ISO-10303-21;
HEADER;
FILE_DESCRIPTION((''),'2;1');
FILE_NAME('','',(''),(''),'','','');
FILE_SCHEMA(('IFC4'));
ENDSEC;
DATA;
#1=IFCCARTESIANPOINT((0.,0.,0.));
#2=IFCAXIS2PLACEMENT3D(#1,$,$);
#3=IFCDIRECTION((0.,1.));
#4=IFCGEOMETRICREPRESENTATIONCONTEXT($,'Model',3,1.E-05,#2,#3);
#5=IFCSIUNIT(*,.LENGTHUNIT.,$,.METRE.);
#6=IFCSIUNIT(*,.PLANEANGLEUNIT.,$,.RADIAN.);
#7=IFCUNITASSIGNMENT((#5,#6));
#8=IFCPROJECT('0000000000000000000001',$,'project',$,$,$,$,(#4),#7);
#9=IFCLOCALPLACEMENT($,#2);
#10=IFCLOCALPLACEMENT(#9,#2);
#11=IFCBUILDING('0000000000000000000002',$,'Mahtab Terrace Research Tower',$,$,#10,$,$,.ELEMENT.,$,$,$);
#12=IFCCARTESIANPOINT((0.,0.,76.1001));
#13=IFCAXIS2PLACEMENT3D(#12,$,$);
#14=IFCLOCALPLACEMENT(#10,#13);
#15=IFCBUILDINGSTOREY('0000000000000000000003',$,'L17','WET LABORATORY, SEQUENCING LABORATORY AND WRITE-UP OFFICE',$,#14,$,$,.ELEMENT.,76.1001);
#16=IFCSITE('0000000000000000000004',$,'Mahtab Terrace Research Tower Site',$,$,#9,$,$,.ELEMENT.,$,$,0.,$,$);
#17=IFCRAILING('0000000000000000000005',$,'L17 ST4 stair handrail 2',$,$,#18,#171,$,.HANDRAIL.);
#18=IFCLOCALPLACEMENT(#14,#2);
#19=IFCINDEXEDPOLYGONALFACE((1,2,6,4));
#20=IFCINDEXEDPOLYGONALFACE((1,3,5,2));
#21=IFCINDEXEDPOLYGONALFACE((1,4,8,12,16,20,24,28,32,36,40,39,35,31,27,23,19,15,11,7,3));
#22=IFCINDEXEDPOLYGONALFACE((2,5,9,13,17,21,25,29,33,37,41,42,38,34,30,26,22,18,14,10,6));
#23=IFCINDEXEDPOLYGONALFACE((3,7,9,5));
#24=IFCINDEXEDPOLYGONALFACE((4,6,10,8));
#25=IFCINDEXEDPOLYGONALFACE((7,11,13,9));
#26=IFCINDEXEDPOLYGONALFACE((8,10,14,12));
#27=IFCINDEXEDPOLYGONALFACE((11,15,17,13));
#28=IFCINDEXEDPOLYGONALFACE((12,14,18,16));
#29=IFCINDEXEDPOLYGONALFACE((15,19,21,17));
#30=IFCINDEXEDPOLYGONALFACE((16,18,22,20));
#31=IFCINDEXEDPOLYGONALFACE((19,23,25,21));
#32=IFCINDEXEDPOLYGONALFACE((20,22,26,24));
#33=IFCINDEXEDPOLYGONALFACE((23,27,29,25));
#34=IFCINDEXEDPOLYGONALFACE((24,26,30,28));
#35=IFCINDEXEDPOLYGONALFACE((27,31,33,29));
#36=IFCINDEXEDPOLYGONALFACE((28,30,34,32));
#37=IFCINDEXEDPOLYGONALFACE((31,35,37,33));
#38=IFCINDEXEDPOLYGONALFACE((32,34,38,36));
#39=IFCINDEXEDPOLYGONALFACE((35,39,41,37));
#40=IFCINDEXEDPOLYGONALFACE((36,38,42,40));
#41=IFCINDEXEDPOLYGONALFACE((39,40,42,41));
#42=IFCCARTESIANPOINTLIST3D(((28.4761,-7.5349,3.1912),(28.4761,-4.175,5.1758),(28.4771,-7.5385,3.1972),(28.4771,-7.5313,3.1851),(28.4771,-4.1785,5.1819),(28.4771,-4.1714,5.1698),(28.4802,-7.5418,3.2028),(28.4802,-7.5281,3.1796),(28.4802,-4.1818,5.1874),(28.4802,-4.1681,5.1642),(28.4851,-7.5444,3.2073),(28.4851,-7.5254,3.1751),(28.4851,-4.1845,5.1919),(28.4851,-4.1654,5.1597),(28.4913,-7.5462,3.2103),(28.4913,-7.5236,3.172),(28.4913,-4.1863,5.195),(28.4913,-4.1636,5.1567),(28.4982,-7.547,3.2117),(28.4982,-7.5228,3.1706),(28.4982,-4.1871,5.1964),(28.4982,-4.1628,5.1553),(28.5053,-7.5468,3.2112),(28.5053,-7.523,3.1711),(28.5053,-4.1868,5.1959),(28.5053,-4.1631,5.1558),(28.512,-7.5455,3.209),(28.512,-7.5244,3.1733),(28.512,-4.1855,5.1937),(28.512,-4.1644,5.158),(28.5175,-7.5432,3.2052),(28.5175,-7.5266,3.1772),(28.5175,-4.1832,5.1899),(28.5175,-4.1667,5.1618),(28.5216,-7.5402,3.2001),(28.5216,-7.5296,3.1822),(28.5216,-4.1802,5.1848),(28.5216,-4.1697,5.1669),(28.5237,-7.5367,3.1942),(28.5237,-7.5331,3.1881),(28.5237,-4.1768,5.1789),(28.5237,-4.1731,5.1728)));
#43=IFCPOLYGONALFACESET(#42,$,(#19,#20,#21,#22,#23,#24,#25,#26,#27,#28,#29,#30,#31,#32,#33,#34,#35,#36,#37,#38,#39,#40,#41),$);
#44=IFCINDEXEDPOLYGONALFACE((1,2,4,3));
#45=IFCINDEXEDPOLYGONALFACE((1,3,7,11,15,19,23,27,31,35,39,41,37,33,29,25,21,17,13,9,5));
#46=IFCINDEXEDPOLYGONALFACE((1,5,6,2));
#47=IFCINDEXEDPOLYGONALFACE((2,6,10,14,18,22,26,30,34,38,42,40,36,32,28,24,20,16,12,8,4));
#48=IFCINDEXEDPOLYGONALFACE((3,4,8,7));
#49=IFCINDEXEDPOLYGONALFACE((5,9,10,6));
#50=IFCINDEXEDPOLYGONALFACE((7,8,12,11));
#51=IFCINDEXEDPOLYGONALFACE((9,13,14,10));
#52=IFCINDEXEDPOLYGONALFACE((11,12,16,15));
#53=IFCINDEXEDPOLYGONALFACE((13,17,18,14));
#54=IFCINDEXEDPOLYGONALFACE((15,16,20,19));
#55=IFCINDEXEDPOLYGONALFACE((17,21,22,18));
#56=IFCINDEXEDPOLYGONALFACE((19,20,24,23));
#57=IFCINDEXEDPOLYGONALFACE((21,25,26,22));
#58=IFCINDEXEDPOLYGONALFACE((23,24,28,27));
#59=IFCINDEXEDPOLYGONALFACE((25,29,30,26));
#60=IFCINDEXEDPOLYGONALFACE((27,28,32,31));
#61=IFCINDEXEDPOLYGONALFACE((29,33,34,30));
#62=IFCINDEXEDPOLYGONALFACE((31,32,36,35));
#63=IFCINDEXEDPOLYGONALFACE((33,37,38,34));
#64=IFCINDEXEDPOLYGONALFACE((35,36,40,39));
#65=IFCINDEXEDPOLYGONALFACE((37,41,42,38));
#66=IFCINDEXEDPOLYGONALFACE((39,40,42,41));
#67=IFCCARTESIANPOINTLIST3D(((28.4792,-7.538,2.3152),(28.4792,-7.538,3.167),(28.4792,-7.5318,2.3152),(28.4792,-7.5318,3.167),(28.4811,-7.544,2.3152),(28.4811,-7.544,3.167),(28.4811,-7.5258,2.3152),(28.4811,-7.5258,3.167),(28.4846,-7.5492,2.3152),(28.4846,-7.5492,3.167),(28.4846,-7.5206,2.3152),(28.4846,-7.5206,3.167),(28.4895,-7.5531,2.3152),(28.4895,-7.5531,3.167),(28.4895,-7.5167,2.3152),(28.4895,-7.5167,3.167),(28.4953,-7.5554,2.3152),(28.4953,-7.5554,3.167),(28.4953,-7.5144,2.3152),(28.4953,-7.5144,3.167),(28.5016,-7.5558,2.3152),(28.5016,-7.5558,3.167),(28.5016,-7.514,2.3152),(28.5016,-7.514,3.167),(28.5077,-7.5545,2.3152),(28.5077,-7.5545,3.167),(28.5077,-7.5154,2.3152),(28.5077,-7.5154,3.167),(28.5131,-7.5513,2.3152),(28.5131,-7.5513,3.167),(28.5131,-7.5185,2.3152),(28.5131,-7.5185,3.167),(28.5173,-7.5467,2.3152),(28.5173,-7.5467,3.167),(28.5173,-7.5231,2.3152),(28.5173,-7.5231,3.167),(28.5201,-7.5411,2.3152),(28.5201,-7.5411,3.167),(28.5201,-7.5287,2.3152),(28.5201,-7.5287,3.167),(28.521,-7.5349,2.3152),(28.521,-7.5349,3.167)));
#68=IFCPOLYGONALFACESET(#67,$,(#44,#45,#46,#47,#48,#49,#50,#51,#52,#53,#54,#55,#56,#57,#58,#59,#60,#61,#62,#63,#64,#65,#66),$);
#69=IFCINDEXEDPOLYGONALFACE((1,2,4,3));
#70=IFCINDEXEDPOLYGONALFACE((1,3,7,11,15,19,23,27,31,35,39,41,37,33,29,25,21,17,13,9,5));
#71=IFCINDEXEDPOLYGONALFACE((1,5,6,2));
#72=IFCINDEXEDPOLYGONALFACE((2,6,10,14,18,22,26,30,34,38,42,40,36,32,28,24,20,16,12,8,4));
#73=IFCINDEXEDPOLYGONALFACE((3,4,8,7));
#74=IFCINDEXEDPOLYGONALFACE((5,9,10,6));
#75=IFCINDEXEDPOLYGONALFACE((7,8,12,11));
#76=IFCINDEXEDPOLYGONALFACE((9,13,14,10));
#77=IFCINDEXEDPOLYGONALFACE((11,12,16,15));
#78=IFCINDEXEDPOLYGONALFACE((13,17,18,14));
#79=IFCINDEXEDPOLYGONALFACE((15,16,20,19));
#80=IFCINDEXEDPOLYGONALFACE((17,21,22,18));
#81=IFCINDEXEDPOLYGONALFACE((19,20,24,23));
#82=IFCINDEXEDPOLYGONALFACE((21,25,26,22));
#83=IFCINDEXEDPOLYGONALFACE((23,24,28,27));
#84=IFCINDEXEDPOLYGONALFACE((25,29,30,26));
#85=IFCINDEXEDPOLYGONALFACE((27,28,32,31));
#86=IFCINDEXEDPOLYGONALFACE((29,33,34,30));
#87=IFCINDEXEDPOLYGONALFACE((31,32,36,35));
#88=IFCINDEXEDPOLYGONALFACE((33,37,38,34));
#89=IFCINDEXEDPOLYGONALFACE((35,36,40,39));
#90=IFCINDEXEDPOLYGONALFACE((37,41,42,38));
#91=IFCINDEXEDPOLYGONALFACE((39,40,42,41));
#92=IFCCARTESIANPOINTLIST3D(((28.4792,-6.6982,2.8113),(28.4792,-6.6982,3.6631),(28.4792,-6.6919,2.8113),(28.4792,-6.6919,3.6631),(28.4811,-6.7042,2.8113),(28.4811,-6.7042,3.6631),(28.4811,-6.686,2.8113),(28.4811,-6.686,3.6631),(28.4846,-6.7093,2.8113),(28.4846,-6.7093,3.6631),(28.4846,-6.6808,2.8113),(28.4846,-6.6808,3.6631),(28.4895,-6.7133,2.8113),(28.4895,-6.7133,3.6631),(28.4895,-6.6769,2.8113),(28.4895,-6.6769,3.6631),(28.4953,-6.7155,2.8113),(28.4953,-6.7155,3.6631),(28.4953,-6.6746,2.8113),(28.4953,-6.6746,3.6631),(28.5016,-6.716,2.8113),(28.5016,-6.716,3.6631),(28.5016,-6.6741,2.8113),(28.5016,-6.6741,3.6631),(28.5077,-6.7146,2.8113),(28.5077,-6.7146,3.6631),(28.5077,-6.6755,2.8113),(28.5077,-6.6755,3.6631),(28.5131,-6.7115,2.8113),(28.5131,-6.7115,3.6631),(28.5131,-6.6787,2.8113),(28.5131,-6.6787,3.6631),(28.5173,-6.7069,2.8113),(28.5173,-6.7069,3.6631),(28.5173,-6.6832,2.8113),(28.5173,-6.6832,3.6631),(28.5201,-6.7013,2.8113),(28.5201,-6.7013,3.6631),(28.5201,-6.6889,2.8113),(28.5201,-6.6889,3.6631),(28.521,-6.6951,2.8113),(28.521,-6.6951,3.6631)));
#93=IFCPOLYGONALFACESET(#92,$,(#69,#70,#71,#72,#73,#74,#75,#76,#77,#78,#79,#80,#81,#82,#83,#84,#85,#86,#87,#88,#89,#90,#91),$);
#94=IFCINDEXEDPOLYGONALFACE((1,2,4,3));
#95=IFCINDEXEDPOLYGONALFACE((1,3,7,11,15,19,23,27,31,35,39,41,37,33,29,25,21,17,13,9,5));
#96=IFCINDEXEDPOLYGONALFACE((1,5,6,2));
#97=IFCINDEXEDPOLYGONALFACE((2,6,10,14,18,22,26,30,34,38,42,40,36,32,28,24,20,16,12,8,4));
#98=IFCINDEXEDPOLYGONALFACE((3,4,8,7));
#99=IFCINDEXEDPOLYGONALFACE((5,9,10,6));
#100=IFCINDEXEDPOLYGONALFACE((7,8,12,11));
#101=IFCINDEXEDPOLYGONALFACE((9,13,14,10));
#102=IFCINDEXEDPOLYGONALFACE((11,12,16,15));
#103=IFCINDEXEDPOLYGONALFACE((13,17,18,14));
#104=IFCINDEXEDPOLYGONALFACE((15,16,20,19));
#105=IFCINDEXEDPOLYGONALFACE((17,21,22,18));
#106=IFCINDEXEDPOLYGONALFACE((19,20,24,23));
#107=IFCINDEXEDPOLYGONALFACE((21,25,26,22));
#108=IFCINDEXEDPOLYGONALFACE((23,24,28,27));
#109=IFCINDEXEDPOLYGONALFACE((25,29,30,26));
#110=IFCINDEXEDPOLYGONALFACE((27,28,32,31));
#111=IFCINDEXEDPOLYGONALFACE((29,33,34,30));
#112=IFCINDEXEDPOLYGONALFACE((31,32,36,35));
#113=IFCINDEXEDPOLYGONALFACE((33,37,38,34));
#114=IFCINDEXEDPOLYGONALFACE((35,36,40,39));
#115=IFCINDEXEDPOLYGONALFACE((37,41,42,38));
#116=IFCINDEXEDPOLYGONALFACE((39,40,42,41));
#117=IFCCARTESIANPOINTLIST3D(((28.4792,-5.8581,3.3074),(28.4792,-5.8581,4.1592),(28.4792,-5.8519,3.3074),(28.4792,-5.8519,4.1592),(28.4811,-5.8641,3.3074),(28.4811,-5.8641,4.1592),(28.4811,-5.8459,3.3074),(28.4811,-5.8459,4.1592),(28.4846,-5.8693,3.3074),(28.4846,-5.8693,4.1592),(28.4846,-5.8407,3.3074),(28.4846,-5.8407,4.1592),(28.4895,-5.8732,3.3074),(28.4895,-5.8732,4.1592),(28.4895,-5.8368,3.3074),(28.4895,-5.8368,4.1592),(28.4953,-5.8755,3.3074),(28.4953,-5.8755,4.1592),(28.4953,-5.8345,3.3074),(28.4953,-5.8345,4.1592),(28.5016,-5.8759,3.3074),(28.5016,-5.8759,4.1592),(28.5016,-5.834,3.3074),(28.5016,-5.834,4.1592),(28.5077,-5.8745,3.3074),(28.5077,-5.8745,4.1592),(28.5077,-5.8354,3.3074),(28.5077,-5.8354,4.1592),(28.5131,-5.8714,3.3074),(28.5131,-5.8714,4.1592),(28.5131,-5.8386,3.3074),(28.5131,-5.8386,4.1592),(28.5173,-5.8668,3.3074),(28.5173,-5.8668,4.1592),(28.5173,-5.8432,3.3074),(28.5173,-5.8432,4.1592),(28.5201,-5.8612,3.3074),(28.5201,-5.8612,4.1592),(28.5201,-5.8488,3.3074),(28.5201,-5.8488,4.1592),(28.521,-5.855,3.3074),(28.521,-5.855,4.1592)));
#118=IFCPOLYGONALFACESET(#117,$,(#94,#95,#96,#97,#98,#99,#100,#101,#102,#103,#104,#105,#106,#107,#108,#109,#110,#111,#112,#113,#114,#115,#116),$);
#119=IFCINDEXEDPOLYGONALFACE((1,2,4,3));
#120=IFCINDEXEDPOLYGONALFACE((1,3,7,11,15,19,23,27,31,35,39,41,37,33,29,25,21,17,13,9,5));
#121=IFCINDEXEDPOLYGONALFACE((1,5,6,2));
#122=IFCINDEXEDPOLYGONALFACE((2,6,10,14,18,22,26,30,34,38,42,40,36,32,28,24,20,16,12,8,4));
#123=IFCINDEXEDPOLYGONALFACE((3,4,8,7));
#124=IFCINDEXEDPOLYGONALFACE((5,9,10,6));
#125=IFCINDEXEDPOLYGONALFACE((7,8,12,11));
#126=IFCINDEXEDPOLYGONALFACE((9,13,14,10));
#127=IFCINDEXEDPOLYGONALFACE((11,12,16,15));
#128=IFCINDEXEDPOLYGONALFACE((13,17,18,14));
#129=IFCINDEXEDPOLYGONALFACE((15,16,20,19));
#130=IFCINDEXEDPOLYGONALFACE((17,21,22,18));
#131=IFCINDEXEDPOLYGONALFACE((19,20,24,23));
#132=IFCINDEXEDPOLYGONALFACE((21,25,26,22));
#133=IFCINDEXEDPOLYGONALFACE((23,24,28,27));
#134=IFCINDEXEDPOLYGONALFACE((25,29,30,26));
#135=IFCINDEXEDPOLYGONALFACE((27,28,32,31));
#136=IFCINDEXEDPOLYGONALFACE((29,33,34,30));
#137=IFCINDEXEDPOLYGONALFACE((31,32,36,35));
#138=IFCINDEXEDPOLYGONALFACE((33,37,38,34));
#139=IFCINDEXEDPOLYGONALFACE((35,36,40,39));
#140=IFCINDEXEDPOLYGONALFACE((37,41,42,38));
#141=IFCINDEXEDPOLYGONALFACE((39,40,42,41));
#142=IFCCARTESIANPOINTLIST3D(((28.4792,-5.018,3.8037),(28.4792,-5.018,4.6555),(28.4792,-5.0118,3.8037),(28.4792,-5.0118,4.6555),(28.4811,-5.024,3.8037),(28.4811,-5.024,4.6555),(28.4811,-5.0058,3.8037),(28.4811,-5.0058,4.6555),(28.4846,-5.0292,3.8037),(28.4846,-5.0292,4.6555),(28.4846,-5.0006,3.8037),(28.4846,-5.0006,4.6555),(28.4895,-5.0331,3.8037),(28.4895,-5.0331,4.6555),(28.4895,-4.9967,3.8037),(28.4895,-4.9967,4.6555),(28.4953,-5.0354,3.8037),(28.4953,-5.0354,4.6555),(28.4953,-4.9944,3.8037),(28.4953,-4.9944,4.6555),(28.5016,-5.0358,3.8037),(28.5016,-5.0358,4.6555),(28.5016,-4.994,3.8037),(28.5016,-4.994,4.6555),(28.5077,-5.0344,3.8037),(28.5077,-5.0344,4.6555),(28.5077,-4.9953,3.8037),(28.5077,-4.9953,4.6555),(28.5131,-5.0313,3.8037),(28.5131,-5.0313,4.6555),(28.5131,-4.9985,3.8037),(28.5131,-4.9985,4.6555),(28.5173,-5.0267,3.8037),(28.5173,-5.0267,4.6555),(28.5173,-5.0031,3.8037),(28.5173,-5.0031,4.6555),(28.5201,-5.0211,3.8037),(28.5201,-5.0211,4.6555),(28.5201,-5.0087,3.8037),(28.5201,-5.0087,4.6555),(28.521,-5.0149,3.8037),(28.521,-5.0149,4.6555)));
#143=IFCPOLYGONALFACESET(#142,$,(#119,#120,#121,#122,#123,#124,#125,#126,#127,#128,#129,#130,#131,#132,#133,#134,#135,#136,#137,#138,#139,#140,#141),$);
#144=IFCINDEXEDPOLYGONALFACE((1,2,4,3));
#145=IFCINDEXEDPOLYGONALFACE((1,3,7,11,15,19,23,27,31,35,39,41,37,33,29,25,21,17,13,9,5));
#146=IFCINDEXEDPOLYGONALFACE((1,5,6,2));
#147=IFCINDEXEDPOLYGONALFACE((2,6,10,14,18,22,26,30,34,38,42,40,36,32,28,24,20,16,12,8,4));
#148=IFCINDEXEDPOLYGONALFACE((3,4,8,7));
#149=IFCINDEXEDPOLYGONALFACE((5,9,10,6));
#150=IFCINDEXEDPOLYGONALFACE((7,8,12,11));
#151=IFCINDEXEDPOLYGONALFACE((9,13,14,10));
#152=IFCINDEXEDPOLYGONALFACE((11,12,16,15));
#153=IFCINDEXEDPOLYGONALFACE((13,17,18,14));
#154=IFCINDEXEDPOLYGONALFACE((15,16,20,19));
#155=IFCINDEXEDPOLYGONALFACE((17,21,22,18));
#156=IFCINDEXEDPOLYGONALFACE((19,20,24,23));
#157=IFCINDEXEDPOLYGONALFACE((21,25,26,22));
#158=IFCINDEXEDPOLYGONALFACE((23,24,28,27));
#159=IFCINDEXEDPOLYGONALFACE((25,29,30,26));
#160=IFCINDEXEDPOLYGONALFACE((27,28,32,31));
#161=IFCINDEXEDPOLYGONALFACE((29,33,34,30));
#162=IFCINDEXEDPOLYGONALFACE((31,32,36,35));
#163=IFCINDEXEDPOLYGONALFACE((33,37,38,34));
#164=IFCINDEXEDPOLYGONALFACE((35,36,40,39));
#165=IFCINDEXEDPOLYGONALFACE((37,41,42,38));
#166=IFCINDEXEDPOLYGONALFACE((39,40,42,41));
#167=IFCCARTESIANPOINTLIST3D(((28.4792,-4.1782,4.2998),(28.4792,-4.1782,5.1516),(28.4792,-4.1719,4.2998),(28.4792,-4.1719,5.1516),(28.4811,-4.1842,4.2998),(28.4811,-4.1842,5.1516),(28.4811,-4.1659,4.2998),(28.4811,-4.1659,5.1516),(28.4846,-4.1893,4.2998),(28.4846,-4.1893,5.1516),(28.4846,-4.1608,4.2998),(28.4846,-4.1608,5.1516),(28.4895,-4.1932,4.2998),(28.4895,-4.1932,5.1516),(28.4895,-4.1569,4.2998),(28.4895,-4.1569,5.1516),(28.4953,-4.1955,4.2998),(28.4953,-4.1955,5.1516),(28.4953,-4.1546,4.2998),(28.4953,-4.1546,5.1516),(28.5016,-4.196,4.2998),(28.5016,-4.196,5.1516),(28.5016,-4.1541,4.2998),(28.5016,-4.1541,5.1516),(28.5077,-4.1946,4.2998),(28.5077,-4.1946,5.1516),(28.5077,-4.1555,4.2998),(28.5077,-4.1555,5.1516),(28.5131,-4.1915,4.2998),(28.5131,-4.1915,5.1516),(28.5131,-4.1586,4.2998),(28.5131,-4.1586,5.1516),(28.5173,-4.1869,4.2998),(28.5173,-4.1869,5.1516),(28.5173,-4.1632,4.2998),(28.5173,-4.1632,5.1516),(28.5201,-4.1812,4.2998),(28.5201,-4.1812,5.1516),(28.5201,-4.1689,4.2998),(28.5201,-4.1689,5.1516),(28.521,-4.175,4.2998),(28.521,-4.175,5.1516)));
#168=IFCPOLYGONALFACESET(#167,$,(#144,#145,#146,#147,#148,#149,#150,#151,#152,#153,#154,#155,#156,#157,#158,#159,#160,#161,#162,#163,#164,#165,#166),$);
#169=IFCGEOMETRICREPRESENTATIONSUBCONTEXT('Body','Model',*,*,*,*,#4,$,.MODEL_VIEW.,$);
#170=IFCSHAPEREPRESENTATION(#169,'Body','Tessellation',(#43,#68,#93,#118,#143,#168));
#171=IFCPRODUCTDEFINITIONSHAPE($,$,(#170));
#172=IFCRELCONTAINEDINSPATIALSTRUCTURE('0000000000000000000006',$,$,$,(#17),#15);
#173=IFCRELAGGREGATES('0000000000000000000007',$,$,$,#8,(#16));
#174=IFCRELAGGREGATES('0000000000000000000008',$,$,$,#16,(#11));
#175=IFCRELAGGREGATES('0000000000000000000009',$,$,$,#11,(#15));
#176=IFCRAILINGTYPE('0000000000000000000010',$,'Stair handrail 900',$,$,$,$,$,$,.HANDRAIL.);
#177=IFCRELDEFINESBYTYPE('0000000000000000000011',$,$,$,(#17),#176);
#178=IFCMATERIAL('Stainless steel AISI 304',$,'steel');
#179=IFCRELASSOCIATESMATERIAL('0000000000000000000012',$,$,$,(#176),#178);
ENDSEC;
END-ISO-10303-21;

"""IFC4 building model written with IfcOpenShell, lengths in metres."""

from ifc_helpers import new_model, si_unit, direction, frame, origin, origin_2d, place, context, subcontext, project, spatial, circle, extrude, material, type_object, element, save


model = new_model("IFC4")

# Units and contexts
model_context = context("Model", 3, precision=1e-05, world=origin(), true_north=direction((0.0, 1.0)))
body_context = subcontext(model_context, "Body", "Model", "MODEL_VIEW")
ifc_project = project(units=[si_unit("LENGTHUNIT", "METRE"), si_unit("PLANEANGLEUNIT", "RADIAN")], contexts=[model_context])

# Site, building, storey
site_placement = place(None, origin())
site = spatial("IfcSite", under=ifc_project, at=site_placement, Name="Mahtab Terrace Research Tower Site", CompositionType="ELEMENT", RefElevation=0.0)
building_placement = place(site_placement, origin())
building = spatial("IfcBuilding", under=site, at=building_placement, Name="Mahtab Terrace Research Tower", CompositionType="ELEMENT")
storey_placement = place(building_placement, frame((0.0, 0.0, 76.1001)))
storey = spatial("IfcBuildingStorey", under=building, at=storey_placement, Name="L17", Description="WET LABORATORY, SEQUENCING LABORATORY AND WRITE-UP OFFICE", CompositionType="ELEMENT", Elevation=76.1001)

# Railing
ifc_material_1 = material(Name="Stainless steel AISI 304", Category="steel")
railing_type_1 = type_object("IfcRailingType", Name="Stair handrail 900", PredefinedType="HANDRAIL", material=ifc_material_1)
railing_1_placement = place(storey_placement, frame((28.5, -7.5349, 2.3152)))
element("IfcRailing", 1, at=railing_1_placement, inside=storey, type_object=railing_type_1, Name="L17 ST4 stair handrail 2", PredefinedType="HANDRAIL", context=body_context, shape_type="SweptSolid", body=[
    extrude(circle(Radius=0.0239, at=origin_2d()), frame((0.0, 0.0, 0.876), z_axis=(0.0, 0.861011, 0.508586), x_axis=(-1.0, 0.0, 0.0)), (0.0, 0.0, 1.0), 3.9023),
    extrude(circle(Radius=0.021, at=origin_2d()), origin(), (0.0, 0.0, 1.0), 0.8518),
    extrude(circle(Radius=0.021, at=origin_2d()), frame((0.0, 0.8398, 0.4961)), (0.0, 0.0, 1.0), 0.8518),
    extrude(circle(Radius=0.021, at=origin_2d()), frame((0.0, 1.6799, 0.9922)), (0.0, 0.0, 1.0), 0.8518),
    extrude(circle(Radius=0.021, at=origin_2d()), frame((0.0, 2.52, 1.4885)), (0.0, 0.0, 1.0), 0.8518),
    extrude(circle(Radius=0.021, at=origin_2d()), frame((0.0, 3.3599, 1.9846)), (0.0, 0.0, 1.0), 0.8518),
])

save(model, "model.ifc")
